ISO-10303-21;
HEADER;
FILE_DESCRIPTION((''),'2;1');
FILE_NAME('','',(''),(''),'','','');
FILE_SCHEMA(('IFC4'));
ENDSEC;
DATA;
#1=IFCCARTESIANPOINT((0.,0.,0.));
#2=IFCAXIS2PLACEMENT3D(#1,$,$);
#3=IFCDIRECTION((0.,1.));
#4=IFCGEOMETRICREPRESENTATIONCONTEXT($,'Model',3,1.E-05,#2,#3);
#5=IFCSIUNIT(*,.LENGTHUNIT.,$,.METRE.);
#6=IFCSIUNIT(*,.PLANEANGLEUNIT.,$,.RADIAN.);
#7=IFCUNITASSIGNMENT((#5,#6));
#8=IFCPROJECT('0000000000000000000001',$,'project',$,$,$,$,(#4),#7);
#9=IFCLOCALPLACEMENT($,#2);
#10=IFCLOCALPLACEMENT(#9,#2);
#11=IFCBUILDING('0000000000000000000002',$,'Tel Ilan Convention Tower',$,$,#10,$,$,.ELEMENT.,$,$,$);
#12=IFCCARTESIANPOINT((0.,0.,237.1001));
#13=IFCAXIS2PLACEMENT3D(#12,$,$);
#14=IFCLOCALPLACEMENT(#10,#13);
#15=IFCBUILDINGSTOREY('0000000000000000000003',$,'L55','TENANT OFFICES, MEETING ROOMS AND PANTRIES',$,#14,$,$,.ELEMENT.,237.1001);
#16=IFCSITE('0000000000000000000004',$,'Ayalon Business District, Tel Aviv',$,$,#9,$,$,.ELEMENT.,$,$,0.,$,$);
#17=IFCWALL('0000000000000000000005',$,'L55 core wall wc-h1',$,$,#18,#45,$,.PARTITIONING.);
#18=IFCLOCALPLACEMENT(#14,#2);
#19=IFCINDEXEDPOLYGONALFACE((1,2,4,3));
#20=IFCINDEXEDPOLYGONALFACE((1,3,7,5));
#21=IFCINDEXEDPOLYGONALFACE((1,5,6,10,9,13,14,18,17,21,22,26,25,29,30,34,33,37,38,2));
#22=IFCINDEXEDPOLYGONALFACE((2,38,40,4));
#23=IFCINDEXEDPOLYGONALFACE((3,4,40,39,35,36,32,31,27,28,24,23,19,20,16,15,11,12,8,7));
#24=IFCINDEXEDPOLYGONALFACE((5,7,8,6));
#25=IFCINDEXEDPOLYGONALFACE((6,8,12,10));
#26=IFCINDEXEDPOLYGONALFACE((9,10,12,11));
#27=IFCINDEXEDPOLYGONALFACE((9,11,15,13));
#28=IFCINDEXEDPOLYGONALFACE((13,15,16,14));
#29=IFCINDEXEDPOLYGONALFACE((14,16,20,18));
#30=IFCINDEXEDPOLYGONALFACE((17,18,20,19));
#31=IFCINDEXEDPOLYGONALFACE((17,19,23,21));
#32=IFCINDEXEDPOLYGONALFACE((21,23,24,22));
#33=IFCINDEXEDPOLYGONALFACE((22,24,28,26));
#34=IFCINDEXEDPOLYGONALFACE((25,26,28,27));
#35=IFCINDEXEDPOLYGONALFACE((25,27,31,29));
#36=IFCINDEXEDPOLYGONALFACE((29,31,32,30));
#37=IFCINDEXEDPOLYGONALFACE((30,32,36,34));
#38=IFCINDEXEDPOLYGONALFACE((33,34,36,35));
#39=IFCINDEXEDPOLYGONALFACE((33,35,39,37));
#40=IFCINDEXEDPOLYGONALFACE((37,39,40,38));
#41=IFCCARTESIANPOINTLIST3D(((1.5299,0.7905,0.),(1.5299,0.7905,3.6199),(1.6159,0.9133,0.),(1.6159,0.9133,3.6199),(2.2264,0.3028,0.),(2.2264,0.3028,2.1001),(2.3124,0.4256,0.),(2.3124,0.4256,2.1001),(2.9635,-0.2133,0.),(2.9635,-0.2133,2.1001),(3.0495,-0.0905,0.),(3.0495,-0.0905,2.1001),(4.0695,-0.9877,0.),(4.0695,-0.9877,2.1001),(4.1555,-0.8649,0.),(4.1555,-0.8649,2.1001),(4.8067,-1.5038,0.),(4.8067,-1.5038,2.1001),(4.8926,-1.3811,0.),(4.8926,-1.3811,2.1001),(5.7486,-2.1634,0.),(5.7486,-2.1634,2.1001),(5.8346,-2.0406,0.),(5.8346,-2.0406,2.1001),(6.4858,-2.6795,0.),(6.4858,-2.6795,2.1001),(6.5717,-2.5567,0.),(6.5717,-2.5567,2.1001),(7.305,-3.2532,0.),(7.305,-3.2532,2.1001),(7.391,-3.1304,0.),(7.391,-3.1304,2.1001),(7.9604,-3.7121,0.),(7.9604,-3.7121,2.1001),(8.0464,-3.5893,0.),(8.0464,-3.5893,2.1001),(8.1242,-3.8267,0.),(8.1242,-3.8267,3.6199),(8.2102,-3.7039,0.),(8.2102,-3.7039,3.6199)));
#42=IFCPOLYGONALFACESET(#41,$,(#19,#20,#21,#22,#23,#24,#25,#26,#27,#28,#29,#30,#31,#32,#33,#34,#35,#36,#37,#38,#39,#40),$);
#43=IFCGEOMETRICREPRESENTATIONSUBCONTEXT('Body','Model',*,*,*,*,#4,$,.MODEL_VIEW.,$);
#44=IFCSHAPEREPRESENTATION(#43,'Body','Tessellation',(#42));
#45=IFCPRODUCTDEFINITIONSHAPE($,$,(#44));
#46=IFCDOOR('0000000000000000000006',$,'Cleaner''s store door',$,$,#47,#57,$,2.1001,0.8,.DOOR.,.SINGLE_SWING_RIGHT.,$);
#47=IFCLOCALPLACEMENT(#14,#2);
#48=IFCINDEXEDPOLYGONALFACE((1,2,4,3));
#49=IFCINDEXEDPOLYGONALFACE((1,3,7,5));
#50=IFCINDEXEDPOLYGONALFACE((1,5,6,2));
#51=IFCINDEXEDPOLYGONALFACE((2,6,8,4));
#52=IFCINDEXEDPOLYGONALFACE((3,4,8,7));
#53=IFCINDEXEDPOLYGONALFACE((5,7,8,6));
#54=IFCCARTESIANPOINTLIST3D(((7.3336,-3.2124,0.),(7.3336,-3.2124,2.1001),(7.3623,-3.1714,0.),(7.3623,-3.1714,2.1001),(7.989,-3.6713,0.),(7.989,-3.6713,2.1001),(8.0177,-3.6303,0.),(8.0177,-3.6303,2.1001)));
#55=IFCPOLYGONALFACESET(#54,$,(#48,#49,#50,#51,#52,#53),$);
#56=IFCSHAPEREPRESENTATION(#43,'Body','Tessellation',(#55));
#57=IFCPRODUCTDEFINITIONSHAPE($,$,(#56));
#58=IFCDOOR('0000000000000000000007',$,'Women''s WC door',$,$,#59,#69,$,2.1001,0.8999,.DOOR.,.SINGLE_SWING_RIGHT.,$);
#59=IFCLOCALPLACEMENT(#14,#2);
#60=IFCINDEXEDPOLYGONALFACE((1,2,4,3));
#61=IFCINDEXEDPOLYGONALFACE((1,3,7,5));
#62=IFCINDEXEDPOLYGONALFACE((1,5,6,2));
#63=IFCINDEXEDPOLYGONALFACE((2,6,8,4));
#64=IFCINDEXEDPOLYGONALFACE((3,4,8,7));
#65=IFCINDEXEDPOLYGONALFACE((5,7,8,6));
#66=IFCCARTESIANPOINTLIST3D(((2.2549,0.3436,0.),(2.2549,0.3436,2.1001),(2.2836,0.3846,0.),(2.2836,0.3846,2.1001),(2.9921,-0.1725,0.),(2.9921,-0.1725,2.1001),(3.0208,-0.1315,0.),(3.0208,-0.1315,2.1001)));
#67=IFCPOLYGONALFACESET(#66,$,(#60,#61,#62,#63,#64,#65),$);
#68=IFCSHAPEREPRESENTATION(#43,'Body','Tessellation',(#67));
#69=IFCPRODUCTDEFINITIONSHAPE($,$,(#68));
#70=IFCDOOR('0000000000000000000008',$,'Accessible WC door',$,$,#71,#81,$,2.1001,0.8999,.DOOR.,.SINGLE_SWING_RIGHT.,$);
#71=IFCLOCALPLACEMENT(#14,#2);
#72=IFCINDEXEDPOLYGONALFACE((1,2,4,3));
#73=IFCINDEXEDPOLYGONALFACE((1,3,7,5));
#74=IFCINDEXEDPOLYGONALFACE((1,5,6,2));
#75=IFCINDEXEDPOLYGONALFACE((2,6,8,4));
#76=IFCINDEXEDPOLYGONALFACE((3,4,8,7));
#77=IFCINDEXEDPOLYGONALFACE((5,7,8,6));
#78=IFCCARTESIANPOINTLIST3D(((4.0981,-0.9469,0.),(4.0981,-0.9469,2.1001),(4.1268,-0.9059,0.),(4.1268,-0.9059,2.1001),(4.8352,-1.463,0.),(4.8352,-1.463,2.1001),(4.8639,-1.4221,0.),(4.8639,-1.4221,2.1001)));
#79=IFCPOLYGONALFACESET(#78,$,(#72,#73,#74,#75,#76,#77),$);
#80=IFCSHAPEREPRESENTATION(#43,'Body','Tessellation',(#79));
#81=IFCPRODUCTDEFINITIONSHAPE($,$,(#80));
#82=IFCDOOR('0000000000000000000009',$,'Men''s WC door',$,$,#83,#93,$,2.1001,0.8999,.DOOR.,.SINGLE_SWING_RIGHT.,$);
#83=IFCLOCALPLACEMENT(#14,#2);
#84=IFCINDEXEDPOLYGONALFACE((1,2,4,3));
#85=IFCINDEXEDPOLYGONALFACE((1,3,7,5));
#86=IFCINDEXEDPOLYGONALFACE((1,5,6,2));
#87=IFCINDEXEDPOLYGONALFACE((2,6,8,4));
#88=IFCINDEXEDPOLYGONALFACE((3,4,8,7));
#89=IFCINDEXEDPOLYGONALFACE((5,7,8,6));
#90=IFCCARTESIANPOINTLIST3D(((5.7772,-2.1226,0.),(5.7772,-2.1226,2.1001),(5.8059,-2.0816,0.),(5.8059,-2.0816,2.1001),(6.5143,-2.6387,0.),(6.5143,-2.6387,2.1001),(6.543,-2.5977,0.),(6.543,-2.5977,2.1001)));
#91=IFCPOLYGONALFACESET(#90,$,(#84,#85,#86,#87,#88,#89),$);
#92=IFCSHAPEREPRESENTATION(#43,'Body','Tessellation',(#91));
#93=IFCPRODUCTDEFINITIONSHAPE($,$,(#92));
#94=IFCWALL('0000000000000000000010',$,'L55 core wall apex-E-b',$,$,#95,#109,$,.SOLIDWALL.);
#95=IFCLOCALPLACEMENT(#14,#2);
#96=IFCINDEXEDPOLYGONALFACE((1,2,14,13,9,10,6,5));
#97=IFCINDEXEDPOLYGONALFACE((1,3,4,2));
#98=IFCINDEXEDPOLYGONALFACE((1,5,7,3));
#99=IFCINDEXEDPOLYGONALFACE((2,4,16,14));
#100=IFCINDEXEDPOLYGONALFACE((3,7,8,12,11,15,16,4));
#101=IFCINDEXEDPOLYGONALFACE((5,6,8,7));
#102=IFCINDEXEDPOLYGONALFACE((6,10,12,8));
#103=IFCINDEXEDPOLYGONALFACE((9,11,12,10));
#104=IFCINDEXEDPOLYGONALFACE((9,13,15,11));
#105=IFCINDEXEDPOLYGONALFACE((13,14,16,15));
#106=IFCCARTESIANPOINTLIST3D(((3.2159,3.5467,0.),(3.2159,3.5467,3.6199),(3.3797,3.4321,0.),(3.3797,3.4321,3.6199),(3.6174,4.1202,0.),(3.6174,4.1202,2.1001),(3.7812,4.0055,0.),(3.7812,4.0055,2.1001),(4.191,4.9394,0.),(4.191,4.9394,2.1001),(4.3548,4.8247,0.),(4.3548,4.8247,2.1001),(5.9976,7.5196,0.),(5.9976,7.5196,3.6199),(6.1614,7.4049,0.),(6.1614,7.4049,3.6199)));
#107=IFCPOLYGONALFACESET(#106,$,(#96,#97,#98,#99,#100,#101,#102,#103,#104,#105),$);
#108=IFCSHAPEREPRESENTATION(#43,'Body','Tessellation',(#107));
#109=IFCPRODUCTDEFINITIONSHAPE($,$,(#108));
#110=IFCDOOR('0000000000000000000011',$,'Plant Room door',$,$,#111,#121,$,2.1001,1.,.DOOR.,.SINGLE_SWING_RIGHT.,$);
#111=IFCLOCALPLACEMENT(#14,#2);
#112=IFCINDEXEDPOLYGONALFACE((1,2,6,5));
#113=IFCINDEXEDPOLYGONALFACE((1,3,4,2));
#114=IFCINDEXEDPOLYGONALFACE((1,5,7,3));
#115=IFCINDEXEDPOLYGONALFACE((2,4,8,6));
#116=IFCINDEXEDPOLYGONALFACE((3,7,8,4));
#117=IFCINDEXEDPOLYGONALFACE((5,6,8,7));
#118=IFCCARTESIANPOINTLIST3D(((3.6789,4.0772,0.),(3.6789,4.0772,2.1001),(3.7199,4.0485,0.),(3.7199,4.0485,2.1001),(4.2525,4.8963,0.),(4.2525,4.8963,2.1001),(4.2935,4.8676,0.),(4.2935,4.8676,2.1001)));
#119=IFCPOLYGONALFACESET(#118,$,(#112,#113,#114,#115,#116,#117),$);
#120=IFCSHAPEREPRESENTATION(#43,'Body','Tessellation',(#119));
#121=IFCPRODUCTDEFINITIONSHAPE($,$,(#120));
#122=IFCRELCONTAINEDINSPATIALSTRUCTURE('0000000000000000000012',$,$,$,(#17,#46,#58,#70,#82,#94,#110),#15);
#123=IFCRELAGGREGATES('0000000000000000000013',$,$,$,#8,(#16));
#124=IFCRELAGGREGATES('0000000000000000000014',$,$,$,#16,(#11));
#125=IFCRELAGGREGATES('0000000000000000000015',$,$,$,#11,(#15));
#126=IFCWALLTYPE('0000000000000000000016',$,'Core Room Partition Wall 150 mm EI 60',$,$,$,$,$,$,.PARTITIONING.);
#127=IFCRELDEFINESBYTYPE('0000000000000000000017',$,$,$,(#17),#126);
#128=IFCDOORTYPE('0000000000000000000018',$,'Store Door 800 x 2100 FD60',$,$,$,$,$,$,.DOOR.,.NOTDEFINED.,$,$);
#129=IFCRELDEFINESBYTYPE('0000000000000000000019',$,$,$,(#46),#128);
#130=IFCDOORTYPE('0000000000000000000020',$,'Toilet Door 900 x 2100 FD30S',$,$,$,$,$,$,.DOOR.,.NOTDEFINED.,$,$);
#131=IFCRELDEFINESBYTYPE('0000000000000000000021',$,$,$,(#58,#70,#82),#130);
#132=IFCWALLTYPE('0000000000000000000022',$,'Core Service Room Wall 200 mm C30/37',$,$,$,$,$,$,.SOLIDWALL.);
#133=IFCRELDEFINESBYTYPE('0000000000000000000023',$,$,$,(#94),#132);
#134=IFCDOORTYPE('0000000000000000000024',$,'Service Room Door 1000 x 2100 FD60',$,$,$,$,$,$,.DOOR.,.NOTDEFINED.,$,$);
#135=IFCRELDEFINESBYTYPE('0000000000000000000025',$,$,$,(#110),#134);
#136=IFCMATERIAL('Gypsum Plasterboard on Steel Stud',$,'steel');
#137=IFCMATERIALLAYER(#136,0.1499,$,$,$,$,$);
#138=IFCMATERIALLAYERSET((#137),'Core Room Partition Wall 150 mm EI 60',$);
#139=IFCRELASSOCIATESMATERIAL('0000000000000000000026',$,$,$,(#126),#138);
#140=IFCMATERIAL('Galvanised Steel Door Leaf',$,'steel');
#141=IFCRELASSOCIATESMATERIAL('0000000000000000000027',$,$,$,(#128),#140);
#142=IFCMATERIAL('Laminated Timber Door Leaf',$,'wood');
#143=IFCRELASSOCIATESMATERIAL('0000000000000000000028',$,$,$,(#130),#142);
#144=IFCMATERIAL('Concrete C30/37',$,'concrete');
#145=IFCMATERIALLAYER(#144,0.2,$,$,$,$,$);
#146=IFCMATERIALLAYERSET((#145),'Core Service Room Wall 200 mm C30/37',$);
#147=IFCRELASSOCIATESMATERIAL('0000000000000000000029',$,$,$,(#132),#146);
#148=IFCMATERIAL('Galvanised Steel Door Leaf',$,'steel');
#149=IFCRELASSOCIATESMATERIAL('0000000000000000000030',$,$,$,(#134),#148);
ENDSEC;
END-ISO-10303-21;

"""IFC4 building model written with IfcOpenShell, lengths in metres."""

from ifc_helpers import new_model, si_unit, direction, frame, frame_2d, origin, place, context, subcontext, project, spatial, rectangle, extrude, material, layer, layer_set, type_object, element, fill, save


model = new_model("IFC4")

# Units and contexts
model_context = context("Model", 3, precision=1e-05, world=origin(), true_north=direction((0.0, 1.0)))
body_context = subcontext(model_context, "Body", "Model", "MODEL_VIEW")
ifc_project = project(units=[si_unit("LENGTHUNIT", "METRE"), si_unit("PLANEANGLEUNIT", "RADIAN")], contexts=[model_context])

# Site, building, storey
site_placement = place(None, origin())
site = spatial("IfcSite", under=ifc_project, at=site_placement, Name="Ayalon Business District, Tel Aviv", CompositionType="ELEMENT", RefElevation=0.0)
building_placement = place(site_placement, origin())
building = spatial("IfcBuilding", under=site, at=building_placement, Name="Tel Ilan Convention Tower", CompositionType="ELEMENT")
storey_placement = place(building_placement, frame((0.0, 0.0, 237.1001)))
storey = spatial("IfcBuildingStorey", under=building, at=storey_placement, Name="L55", Description="TENANT OFFICES, MEETING ROOMS AND PANTRIES", CompositionType="ELEMENT", Elevation=237.1001)

# Wall, openings, doors
ifc_material_1 = material(Name="Gypsum Plasterboard on Steel Stud", Category="steel")
ifc_layer_1 = layer(ifc_material_1, 0.1499)
ifc_layer_set_1 = layer_set([ifc_layer_1], Name="Core Room Partition Wall 150 mm EI 60")
wall_type_1 = type_object("IfcWallType", Name="Core Room Partition Wall 150 mm EI 60", PredefinedType="PARTITIONING", material=ifc_layer_set_1)
wall_1_placement = place(storey_placement, frame((1.573, 0.8518, 0.0), z_axis=(0.0, 0.0, 1.0), x_axis=(0.819161, -0.573564, 0.0)))
wall_1 = element("IfcWall", 1, at=wall_1_placement, inside=storey, type_object=wall_type_1, Name="L55 core wall wc-h1", PredefinedType="PARTITIONING", context=body_context, shape_type="SweptSolid", body=[
    extrude(rectangle(XDim=8.05, YDim=0.1499, at=frame_2d((4.0249, 0.0))), origin(), (0.0, 0.0, 1.0), 3.6199),
])
opening_1_placement = place(wall_1_placement, frame((0.8501, 0.0, 0.0)))
opening_1 = element("IfcOpeningElement", 2, at=opening_1_placement, cuts=wall_1, PredefinedType="OPENING", context=body_context, shape_type="SweptSolid", body=[
    extrude(rectangle(XDim=0.8999, YDim=2.1001, at=frame_2d((0.45, 1.05))), frame((0.0, 0.085, 0.0), z_axis=(0.0, -1.0, 0.0), x_axis=(1.0, 0.0, 0.0)), (0.0, 0.0, 1.0), 0.1699),
])
opening_2_placement = place(wall_1_placement, frame((3.1001, 0.0, 0.0)))
opening_2 = element("IfcOpeningElement", 3, at=opening_2_placement, cuts=wall_1, PredefinedType="OPENING", context=body_context, shape_type="SweptSolid", body=[
    extrude(rectangle(XDim=0.8999, YDim=2.1001, at=frame_2d((0.45, 1.05))), frame((0.0, 0.085, 0.0), z_axis=(0.0, -1.0, 0.0), x_axis=(1.0, 0.0, 0.0)), (0.0, 0.0, 1.0), 0.1699),
])
opening_3_placement = place(wall_1_placement, frame((5.1499, 0.0, 0.0)))
opening_3 = element("IfcOpeningElement", 4, at=opening_3_placement, cuts=wall_1, PredefinedType="OPENING", context=body_context, shape_type="SweptSolid", body=[
    extrude(rectangle(XDim=0.8999, YDim=2.1001, at=frame_2d((0.45, 1.05))), frame((0.0, 0.085, 0.0), z_axis=(0.0, -1.0, 0.0), x_axis=(1.0, 0.0, 0.0)), (0.0, 0.0, 1.0), 0.1699),
])
opening_4_placement = place(wall_1_placement, frame((7.05, 0.0, 0.0)))
opening_4 = element("IfcOpeningElement", 5, at=opening_4_placement, cuts=wall_1, PredefinedType="OPENING", context=body_context, shape_type="SweptSolid", body=[
    extrude(rectangle(XDim=0.8, YDim=2.1001, at=frame_2d((0.3999, 1.05))), frame((0.0, 0.085, 0.0), z_axis=(0.0, -1.0, 0.0), x_axis=(1.0, 0.0, 0.0)), (0.0, 0.0, 1.0), 0.1699),
])
ifc_material_2 = material(Name="Galvanised Steel Door Leaf", Category="steel")
door_type_1 = type_object("IfcDoorType", Name="Store Door 800 x 2100 FD60", OperationType="NOTDEFINED", PredefinedType="DOOR", material=ifc_material_2)
door_1_placement = place(opening_4_placement, origin())
door_1 = element("IfcDoor", 6, at=door_1_placement, inside=storey, type_object=door_type_1, Name="Cleaner's store door", OperationType="SINGLE_SWING_RIGHT", OverallHeight=2.1001, OverallWidth=0.8, PredefinedType="DOOR", context=body_context, shape_type="SweptSolid", body=[
    extrude(rectangle(XDim=0.8, YDim=2.1001, at=frame_2d((0.3999, 1.05))), frame((0.0, 0.0249, 0.0), z_axis=(0.0, -1.0, 0.0), x_axis=(1.0, 0.0, 0.0)), (0.0, 0.0, 1.0), 0.05),
])
fill(opening_4, door_1)
ifc_material_3 = material(Name="Laminated Timber Door Leaf", Category="wood")
door_type_2 = type_object("IfcDoorType", Name="Toilet Door 900 x 2100 FD30S", OperationType="NOTDEFINED", PredefinedType="DOOR", material=ifc_material_3)
door_2_placement = place(opening_1_placement, origin())
door_2 = element("IfcDoor", 7, at=door_2_placement, inside=storey, type_object=door_type_2, Name="Women's WC door", OperationType="SINGLE_SWING_RIGHT", OverallHeight=2.1001, OverallWidth=0.8999, PredefinedType="DOOR", context=body_context, shape_type="SweptSolid", body=[
    extrude(rectangle(XDim=0.8999, YDim=2.1001, at=frame_2d((0.45, 1.05))), frame((0.0, 0.0249, 0.0), z_axis=(0.0, -1.0, 0.0), x_axis=(1.0, 0.0, 0.0)), (0.0, 0.0, 1.0), 0.05),
])
fill(opening_1, door_2)
door_3_placement = place(opening_2_placement, origin())
door_3 = element("IfcDoor", 8, at=door_3_placement, inside=storey, type_object=door_type_2, Name="Accessible WC door", OperationType="SINGLE_SWING_RIGHT", OverallHeight=2.1001, OverallWidth=0.8999, PredefinedType="DOOR", context=body_context, shape_type="SweptSolid", body=[
    extrude(rectangle(XDim=0.8999, YDim=2.1001, at=frame_2d((0.45, 1.05))), frame((0.0, 0.0249, 0.0), z_axis=(0.0, -1.0, 0.0), x_axis=(1.0, 0.0, 0.0)), (0.0, 0.0, 1.0), 0.05),
])
fill(opening_2, door_3)
door_4_placement = place(opening_3_placement, origin())
door_4 = element("IfcDoor", 9, at=door_4_placement, inside=storey, type_object=door_type_2, Name="Men's WC door", OperationType="SINGLE_SWING_RIGHT", OverallHeight=2.1001, OverallWidth=0.8999, PredefinedType="DOOR", context=body_context, shape_type="SweptSolid", body=[
    extrude(rectangle(XDim=0.8999, YDim=2.1001, at=frame_2d((0.45, 1.05))), frame((0.0, 0.0249, 0.0), z_axis=(0.0, -1.0, 0.0), x_axis=(1.0, 0.0, 0.0)), (0.0, 0.0, 1.0), 0.05),
])
fill(opening_3, door_4)

# Wall, opening, door
ifc_material_4 = material(Name="Concrete C30/37", Category="concrete")
ifc_layer_2 = layer(ifc_material_4, 0.2)
ifc_layer_set_2 = layer_set([ifc_layer_2], Name="Core Service Room Wall 200 mm C30/37")
wall_type_2 = type_object("IfcWallType", Name="Core Service Room Wall 200 mm C30/37", PredefinedType="SOLIDWALL", material=ifc_layer_set_2)
wall_2_placement = place(storey_placement, frame((3.2979, 3.4895, 0.0), z_axis=(0.0, 0.0, 1.0), x_axis=(0.57356, 0.819163, 0.0)))
wall_2 = element("IfcWall", 10, at=wall_2_placement, inside=storey, type_object=wall_type_2, Name="L55 core wall apex-E-b", PredefinedType="SOLIDWALL", context=body_context, shape_type="SweptSolid", body=[
    extrude(rectangle(XDim=4.8499, YDim=0.2, at=frame_2d((2.4248, 0.0))), origin(), (0.0, 0.0, 1.0), 3.6199),
])
opening_5_placement = place(wall_2_placement, frame((0.7, 0.0, 0.0)))
opening_5 = element("IfcOpeningElement", 11, at=opening_5_placement, cuts=wall_2, PredefinedType="OPENING", context=body_context, shape_type="SweptSolid", body=[
    extrude(rectangle(XDim=1.0, YDim=2.1001, at=frame_2d((0.5, 1.05))), frame((0.0, 0.1099, 0.0), z_axis=(0.0, -1.0, 0.0), x_axis=(1.0, 0.0, 0.0)), (0.0, 0.0, 1.0), 0.22),
])
ifc_material_5 = material(Name="Galvanised Steel Door Leaf", Category="steel")
door_type_3 = type_object("IfcDoorType", Name="Service Room Door 1000 x 2100 FD60", OperationType="NOTDEFINED", PredefinedType="DOOR", material=ifc_material_5)
door_5_placement = place(opening_5_placement, origin())
door_5 = element("IfcDoor", 12, at=door_5_placement, inside=storey, type_object=door_type_3, Name="Plant Room door", OperationType="SINGLE_SWING_RIGHT", OverallHeight=2.1001, OverallWidth=1.0, PredefinedType="DOOR", context=body_context, shape_type="SweptSolid", body=[
    extrude(rectangle(XDim=1.0, YDim=2.1001, at=frame_2d((0.5, 1.05))), frame((0.0, 0.0249, 0.0), z_axis=(0.0, -1.0, 0.0), x_axis=(1.0, 0.0, 0.0)), (0.0, 0.0, 1.0), 0.05),
])
fill(opening_5, door_5)

save(model, "model.ifc")
